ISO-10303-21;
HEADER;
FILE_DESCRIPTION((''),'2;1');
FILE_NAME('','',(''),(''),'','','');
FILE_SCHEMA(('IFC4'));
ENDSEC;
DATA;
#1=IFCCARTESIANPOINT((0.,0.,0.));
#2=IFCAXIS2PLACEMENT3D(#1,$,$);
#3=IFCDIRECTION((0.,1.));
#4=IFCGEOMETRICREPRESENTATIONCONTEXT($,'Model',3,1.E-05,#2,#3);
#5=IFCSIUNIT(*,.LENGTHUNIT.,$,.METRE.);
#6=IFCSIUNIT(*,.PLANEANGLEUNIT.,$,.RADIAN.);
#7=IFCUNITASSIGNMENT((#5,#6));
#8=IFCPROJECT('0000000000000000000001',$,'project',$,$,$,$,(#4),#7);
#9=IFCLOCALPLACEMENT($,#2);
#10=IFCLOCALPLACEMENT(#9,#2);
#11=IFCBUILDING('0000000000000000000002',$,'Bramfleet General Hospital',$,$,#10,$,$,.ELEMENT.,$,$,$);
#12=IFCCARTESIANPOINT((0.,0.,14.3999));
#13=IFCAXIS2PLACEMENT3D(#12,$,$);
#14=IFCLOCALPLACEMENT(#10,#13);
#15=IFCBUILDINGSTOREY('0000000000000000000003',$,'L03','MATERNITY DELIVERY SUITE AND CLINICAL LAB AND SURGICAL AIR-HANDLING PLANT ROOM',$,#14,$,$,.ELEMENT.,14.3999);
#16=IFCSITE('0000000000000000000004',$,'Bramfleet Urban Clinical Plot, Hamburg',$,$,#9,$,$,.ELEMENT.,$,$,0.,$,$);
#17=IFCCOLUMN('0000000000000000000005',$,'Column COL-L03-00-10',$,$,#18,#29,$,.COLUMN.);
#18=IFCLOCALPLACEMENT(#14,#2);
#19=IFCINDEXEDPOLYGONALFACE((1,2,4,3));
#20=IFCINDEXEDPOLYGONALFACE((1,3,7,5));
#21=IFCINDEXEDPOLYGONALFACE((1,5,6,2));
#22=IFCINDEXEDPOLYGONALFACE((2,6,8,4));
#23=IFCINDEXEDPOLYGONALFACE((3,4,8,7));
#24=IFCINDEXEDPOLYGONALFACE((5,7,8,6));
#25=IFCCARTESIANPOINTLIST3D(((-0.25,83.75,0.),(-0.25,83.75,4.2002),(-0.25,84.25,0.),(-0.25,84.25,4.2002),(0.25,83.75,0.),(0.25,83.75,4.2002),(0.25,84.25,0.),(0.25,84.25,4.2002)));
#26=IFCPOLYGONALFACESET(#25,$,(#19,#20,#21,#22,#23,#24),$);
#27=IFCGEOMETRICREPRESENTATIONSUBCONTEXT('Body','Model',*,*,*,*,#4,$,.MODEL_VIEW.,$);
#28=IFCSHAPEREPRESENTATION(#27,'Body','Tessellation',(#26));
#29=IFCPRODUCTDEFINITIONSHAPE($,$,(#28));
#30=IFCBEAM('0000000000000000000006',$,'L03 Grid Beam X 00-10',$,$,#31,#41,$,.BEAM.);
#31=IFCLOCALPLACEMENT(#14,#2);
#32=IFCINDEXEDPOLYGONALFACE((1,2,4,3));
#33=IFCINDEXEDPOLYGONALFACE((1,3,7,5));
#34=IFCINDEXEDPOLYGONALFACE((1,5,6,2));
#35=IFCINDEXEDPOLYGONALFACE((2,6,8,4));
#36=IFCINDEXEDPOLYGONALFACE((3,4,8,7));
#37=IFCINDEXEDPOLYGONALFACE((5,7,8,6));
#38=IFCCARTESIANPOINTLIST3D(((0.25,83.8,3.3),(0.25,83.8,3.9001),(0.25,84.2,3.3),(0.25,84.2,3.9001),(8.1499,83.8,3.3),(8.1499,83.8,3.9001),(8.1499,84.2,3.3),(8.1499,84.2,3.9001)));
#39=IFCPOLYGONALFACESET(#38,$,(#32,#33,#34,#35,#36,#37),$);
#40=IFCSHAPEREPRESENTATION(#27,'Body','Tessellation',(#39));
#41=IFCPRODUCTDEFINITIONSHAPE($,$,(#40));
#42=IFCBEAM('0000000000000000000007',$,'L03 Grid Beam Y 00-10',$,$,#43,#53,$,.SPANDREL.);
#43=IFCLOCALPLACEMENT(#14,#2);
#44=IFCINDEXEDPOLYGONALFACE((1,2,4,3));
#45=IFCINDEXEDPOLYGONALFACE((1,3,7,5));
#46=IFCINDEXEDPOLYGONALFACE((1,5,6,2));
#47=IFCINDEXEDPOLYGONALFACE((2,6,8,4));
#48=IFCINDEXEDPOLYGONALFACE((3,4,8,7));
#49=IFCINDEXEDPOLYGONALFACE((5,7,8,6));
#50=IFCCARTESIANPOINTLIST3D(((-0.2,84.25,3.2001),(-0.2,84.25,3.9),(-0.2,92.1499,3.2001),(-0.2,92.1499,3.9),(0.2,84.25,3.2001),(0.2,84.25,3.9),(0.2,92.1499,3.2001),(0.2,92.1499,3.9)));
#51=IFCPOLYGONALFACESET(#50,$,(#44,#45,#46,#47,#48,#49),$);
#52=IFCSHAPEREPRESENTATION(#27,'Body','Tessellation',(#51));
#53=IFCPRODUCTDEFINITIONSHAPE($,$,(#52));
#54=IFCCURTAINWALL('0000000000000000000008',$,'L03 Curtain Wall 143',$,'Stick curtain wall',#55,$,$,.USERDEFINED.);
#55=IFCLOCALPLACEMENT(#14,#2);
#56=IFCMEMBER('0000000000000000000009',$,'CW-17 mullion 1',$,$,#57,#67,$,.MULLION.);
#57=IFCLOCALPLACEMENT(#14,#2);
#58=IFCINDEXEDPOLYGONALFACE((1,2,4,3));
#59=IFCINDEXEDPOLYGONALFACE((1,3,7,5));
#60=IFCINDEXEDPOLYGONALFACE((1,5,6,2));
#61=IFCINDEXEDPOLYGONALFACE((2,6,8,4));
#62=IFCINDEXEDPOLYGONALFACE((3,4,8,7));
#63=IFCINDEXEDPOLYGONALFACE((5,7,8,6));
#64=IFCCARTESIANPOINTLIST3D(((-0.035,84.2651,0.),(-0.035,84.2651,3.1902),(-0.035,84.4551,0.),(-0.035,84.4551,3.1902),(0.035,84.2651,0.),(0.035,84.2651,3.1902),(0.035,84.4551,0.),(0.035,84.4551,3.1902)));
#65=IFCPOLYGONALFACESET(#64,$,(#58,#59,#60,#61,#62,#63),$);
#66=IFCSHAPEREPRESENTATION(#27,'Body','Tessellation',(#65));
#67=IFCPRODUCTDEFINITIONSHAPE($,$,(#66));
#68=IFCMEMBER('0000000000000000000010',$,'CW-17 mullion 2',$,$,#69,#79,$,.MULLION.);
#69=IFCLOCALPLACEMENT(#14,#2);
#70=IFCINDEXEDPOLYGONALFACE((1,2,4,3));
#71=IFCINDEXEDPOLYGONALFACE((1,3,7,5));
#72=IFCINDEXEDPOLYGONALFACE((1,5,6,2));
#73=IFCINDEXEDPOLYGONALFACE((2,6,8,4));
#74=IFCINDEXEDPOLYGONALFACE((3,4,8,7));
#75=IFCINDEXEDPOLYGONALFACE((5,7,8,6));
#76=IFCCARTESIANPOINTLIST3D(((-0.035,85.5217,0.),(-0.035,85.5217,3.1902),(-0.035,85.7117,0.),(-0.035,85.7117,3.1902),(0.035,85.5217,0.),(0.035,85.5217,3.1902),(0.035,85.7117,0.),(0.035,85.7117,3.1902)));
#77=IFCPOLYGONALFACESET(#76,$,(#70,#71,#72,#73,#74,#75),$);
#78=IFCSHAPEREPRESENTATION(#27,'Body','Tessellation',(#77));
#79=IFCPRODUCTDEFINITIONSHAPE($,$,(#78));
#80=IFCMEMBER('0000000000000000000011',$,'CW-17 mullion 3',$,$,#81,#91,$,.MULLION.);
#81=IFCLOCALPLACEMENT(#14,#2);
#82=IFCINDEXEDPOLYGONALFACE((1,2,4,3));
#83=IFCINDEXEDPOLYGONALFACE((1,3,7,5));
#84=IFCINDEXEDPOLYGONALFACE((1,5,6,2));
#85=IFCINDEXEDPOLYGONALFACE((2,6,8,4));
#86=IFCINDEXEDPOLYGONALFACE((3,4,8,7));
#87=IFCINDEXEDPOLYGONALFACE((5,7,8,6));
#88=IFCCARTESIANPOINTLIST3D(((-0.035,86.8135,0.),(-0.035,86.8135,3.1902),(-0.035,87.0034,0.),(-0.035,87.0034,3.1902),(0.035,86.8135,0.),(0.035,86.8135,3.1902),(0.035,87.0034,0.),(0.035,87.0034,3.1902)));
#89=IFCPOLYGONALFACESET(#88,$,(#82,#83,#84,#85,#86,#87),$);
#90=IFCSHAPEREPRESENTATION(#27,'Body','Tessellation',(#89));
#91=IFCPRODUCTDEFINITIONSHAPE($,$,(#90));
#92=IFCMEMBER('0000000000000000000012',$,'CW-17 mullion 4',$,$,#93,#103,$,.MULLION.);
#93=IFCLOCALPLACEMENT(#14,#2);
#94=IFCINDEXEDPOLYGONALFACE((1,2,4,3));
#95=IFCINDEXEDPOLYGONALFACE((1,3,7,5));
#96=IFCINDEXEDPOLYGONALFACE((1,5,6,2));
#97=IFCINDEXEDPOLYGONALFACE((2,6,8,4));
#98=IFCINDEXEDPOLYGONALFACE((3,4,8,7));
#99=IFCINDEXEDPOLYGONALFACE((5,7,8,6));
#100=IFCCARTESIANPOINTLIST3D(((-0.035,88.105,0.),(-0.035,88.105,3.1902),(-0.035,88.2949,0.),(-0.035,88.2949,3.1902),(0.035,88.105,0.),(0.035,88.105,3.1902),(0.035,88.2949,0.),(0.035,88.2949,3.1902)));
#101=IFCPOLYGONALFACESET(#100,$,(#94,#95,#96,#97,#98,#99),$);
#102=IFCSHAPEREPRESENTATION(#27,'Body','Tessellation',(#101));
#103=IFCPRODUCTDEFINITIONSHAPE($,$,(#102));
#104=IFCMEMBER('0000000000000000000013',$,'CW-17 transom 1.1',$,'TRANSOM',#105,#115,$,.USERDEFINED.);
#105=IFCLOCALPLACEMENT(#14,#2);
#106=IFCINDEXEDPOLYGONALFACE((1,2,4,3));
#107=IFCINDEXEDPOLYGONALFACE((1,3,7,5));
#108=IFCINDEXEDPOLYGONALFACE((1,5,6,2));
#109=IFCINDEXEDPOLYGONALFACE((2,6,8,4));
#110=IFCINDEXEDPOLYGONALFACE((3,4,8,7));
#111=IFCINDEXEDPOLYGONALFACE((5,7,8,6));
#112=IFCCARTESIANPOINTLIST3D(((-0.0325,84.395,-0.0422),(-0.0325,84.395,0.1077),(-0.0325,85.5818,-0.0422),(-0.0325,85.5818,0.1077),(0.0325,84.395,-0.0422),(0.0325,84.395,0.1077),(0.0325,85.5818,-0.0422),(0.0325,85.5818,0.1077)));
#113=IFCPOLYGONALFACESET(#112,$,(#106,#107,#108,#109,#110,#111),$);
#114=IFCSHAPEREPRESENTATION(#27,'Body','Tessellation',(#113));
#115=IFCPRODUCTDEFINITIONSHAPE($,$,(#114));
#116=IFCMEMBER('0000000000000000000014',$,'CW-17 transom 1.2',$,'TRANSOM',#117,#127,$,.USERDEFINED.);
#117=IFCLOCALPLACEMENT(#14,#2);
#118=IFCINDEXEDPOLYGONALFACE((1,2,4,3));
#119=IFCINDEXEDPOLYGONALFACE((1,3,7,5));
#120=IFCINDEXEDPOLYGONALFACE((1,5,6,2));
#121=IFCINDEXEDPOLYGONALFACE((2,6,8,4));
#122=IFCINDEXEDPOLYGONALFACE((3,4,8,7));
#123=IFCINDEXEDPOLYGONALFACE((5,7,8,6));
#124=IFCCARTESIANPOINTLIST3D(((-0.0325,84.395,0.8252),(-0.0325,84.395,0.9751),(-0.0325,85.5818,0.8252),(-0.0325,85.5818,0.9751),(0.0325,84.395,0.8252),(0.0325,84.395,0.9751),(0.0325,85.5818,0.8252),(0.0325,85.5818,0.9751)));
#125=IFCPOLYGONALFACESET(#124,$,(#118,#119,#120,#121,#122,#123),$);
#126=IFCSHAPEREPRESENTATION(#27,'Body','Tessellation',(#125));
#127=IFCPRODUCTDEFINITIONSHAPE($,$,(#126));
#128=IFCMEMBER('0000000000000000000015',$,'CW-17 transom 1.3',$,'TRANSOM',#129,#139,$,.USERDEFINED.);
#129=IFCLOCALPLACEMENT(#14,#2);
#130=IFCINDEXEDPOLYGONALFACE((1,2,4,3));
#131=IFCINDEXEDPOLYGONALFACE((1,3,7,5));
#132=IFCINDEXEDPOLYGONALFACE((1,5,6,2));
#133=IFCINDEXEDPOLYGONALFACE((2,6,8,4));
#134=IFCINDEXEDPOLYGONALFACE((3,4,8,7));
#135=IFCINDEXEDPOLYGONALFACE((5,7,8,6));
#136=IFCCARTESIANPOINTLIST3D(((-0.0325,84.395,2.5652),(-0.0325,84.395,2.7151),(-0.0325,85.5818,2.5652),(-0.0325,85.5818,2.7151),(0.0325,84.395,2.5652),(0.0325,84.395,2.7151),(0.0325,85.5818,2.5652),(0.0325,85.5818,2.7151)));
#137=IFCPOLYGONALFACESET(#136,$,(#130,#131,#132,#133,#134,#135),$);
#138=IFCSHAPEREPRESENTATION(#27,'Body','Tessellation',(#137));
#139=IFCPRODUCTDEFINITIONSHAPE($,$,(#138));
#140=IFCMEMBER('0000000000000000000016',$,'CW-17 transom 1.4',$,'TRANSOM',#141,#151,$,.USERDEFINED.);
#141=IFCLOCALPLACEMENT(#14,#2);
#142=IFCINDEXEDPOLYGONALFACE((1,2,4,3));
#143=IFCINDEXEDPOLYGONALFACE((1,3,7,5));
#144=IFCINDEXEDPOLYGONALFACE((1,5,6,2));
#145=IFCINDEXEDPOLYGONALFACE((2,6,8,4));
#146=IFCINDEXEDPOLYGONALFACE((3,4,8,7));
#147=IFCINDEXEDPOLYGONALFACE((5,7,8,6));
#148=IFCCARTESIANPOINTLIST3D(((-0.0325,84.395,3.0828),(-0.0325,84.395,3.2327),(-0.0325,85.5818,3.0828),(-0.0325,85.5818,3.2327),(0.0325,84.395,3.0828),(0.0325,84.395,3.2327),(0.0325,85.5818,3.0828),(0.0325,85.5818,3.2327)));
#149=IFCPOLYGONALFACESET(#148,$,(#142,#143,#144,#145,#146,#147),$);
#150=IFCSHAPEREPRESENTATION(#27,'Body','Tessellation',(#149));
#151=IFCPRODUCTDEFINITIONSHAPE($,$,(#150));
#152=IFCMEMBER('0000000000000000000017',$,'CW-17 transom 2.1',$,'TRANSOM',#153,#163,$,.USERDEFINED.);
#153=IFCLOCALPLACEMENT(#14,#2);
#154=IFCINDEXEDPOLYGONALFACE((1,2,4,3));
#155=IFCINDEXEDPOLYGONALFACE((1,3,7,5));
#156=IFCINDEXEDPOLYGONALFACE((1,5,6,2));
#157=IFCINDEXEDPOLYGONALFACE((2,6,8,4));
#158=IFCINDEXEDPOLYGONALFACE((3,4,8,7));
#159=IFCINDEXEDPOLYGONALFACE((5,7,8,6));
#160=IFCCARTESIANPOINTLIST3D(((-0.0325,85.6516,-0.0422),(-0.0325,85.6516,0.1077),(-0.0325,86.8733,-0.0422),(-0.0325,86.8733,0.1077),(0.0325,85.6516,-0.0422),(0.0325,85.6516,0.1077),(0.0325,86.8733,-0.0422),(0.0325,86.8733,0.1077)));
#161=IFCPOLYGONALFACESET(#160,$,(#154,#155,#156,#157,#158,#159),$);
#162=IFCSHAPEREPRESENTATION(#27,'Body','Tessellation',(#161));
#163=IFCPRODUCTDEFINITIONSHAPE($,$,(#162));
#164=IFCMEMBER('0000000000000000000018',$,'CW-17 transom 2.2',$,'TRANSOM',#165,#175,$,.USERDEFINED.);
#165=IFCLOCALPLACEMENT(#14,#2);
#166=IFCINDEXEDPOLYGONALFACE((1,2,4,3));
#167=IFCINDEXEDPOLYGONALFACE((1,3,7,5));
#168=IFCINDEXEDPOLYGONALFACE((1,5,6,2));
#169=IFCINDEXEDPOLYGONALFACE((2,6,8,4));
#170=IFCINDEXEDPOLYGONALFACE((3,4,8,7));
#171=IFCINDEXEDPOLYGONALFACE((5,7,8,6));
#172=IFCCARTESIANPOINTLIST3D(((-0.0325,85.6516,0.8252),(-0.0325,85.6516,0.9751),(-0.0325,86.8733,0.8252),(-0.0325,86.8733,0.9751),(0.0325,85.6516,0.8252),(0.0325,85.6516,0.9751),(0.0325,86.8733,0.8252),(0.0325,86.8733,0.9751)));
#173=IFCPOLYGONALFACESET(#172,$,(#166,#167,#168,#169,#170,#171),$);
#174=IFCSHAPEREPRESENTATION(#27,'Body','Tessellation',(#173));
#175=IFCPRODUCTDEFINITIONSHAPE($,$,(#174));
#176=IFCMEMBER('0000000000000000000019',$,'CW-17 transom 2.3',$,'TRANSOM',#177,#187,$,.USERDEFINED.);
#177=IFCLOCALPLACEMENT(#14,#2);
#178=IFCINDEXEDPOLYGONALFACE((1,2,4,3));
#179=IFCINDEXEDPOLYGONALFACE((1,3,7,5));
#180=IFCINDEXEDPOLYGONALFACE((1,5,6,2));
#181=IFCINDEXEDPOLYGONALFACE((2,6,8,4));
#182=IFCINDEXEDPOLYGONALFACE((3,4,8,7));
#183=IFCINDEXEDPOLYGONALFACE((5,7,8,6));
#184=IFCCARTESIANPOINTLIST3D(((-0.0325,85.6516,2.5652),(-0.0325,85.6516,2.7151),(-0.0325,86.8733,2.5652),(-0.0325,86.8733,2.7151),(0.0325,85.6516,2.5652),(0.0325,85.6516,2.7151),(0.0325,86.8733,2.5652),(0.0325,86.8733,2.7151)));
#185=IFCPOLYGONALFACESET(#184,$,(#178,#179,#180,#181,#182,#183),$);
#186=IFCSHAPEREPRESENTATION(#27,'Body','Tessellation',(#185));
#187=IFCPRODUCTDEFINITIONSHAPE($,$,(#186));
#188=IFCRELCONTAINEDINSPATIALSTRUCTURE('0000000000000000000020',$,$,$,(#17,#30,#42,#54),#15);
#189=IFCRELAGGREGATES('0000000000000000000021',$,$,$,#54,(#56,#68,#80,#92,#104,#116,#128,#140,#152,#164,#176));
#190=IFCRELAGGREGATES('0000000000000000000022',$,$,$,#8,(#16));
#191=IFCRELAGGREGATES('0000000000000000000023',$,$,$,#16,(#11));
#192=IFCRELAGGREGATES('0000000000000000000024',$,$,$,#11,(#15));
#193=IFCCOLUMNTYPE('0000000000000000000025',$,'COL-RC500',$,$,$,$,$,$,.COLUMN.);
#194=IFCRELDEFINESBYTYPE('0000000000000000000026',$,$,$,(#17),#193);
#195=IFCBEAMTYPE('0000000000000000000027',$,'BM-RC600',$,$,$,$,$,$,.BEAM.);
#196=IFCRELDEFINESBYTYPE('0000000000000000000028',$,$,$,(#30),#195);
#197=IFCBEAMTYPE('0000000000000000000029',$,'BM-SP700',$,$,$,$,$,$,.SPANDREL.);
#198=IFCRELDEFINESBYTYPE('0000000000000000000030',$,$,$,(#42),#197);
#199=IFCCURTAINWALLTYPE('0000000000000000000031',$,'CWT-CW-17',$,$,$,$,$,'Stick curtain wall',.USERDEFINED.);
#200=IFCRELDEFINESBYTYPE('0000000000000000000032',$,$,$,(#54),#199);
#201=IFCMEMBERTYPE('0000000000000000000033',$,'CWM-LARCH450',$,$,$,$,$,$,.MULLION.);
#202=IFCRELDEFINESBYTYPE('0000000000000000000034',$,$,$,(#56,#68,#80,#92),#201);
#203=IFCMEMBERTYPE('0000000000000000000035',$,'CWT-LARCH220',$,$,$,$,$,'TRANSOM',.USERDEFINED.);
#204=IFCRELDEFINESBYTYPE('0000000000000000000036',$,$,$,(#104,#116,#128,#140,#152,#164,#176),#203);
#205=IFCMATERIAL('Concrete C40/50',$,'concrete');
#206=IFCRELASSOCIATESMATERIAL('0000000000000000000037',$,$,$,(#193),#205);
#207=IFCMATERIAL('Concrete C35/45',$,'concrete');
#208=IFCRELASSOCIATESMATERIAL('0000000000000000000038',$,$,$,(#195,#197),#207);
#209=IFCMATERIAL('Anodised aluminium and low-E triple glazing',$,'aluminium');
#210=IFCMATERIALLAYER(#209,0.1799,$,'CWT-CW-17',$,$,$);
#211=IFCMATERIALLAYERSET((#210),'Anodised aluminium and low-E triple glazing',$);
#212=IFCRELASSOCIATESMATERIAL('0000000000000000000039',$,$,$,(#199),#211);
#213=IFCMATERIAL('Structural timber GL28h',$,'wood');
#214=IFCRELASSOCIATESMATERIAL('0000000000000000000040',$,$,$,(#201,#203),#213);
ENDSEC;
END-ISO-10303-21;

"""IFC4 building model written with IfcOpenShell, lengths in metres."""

from ifc_helpers import new_model, si_unit, direction, frame, origin, origin_2d, place, context, subcontext, project, spatial, rectangle, extrude, material, layer, layer_set, material_profile, profile_set, type_object, element, aggregate, save


model = new_model("IFC4")

# Units and contexts
model_context = context("Model", 3, precision=1e-05, world=origin(), true_north=direction((0.0, 1.0)))
body_context = subcontext(model_context, "Body", "Model", "MODEL_VIEW")
ifc_project = project(units=[si_unit("LENGTHUNIT", "METRE"), si_unit("PLANEANGLEUNIT", "RADIAN")], contexts=[model_context])

# Site, building, storey
site_placement = place(None, origin())
site = spatial("IfcSite", under=ifc_project, at=site_placement, Name="Bramfleet Urban Clinical Plot, Hamburg", CompositionType="ELEMENT", RefElevation=0.0)
building_placement = place(site_placement, origin())
building = spatial("IfcBuilding", under=site, at=building_placement, Name="Bramfleet General Hospital", CompositionType="ELEMENT")
storey_placement = place(building_placement, frame((0.0, 0.0, 14.3999)))
storey = spatial("IfcBuildingStorey", under=building, at=storey_placement, Name="L03", Description="MATERNITY DELIVERY SUITE AND CLINICAL LAB AND SURGICAL AIR-HANDLING PLANT ROOM", CompositionType="ELEMENT", Elevation=14.3999)

# Column
ifc_material_1 = material(Name="Concrete C40/50", Category="concrete")
ifc_material_profile_1 = material_profile(ifc_material_1, rectangle(XDim=0.5, YDim=0.5, at=origin_2d()), Name="RC COL 500x500")
ifc_profile_set_1 = profile_set([ifc_material_profile_1], Name="Concrete C40/50")
column_type = type_object("IfcColumnType", Name="COL-RC500", PredefinedType="COLUMN", material=ifc_profile_set_1)
column_placement = place(storey_placement, frame((0.0, 84.0, 0.0), z_axis=(0.0, 0.0, 1.0), x_axis=(1.0, 0.0, 0.0)))
element("IfcColumn", 1, at=column_placement, inside=storey, type_object=column_type, Name="Column COL-L03-00-10", PredefinedType="COLUMN", context=body_context, shape_type="SweptSolid", body=[
    extrude(rectangle(XDim=0.5, YDim=0.5, at=origin_2d()), origin(), (0.0, 0.0, 1.0), 4.2002),
])

# Beams
ifc_material_2 = material(Name="Concrete C35/45", Category="concrete")
ifc_material_profile_2 = material_profile(ifc_material_2, rectangle(XDim=0.3999, YDim=0.6001, at=origin_2d()), Name="RC BM 600x400")
ifc_profile_set_2 = profile_set([ifc_material_profile_2], Name="Concrete C35/45")
beam_type_1 = type_object("IfcBeamType", Name="BM-RC600", PredefinedType="BEAM", material=ifc_profile_set_2)
beam_1_placement = place(storey_placement, frame((0.25, 84.0, 3.6001), z_axis=(1.0, 0.0, 0.0), x_axis=(0.0, 1.0, 0.0)))
element("IfcBeam", 2, at=beam_1_placement, inside=storey, type_object=beam_type_1, Name="L03 Grid Beam X 00-10", PredefinedType="BEAM", context=body_context, shape_type="SweptSolid", body=[
    extrude(rectangle(XDim=0.3999, YDim=0.6001, at=origin_2d()), origin(), (0.0, 0.0, 1.0), 7.8999),
])
ifc_material_profile_3 = material_profile(ifc_material_2, rectangle(XDim=0.3999, YDim=0.7, at=origin_2d()), Name="RC SP 700x400")
ifc_profile_set_3 = profile_set([ifc_material_profile_3], Name="Concrete C35/45")
beam_type_2 = type_object("IfcBeamType", Name="BM-SP700", PredefinedType="SPANDREL", material=ifc_profile_set_3)
beam_2_placement = place(storey_placement, frame((0.0, 84.25, 3.55), z_axis=(0.0, 1.0, 0.0), x_axis=(-1.0, 0.0, 0.0)))
element("IfcBeam", 3, at=beam_2_placement, inside=storey, type_object=beam_type_2, Name="L03 Grid Beam Y 00-10", PredefinedType="SPANDREL", context=body_context, shape_type="SweptSolid", body=[
    extrude(rectangle(XDim=0.3999, YDim=0.7, at=origin_2d()), origin(), (0.0, 0.0, 1.0), 7.8999),
])

# Curtain wall, members
ifc_material_3 = material(Name="Anodised aluminium and low-E triple glazing", Category="aluminium")
ifc_layer_1 = layer(ifc_material_3, 0.1799, Name="CWT-CW-17")
ifc_layer_set_1 = layer_set([ifc_layer_1], Name="Anodised aluminium and low-E triple glazing")
curtain_wall_type = type_object("IfcCurtainWallType", Name="CWT-CW-17", ElementType="Stick curtain wall", PredefinedType="USERDEFINED", material=ifc_layer_set_1)
curtain_wall_placement = place(storey_placement, origin())
curtain_wall = element("IfcCurtainWall", 4, at=curtain_wall_placement, inside=storey, type_object=curtain_wall_type, Name="L03 Curtain Wall 143", ObjectType="Stick curtain wall", PredefinedType="USERDEFINED")
ifc_material_4 = material(Name="Structural timber GL28h", Category="wood")
ifc_material_profile_4 = material_profile(ifc_material_4, rectangle(XDim=0.0701, YDim=0.1899, at=origin_2d()), Name="LARCH 190x70")
ifc_profile_set_4 = profile_set([ifc_material_profile_4], Name="Structural timber GL28h")
member_type_1 = type_object("IfcMemberType", Name="CWM-LARCH450", PredefinedType="MULLION", material=ifc_profile_set_4)
member_1_placement = place(storey_placement, frame((0.0, 84.3601, 0.0), z_axis=(0.0, 0.0, 1.0), x_axis=(-1.0, 0.0, 0.0)))
member_1 = element("IfcMember", 5, at=member_1_placement, type_object=member_type_1, Name="CW-17 mullion 1", PredefinedType="MULLION", context=body_context, shape_type="SweptSolid", body=[
    extrude(rectangle(XDim=0.0701, YDim=0.1899, at=origin_2d()), origin(), (0.0, 0.0, 1.0), 3.1902),
])
member_2_placement = place(storey_placement, frame((0.0, 85.6167, 0.0), z_axis=(0.0, 0.0, 1.0), x_axis=(-1.0, 0.0, 0.0)))
member_2 = element("IfcMember", 6, at=member_2_placement, type_object=member_type_1, Name="CW-17 mullion 2", PredefinedType="MULLION", context=body_context, shape_type="SweptSolid", body=[
    extrude(rectangle(XDim=0.0701, YDim=0.1899, at=origin_2d()), origin(), (0.0, 0.0, 1.0), 3.1902),
])
member_3_placement = place(storey_placement, frame((0.0, 86.9084, 0.0), z_axis=(0.0, 0.0, 1.0), x_axis=(-1.0, 0.0, 0.0)))
member_3 = element("IfcMember", 7, at=member_3_placement, type_object=member_type_1, Name="CW-17 mullion 3", PredefinedType="MULLION", context=body_context, shape_type="SweptSolid", body=[
    extrude(rectangle(XDim=0.0701, YDim=0.1899, at=origin_2d()), origin(), (0.0, 0.0, 1.0), 3.1902),
])
member_4_placement = place(storey_placement, frame((0.0, 88.2, 0.0), z_axis=(0.0, 0.0, 1.0), x_axis=(-1.0, 0.0, 0.0)))
member_4 = element("IfcMember", 8, at=member_4_placement, type_object=member_type_1, Name="CW-17 mullion 4", PredefinedType="MULLION", context=body_context, shape_type="SweptSolid", body=[
    extrude(rectangle(XDim=0.0701, YDim=0.1899, at=origin_2d()), origin(), (0.0, 0.0, 1.0), 3.1902),
])
ifc_material_profile_5 = material_profile(ifc_material_4, rectangle(XDim=0.0649, YDim=0.1499, at=origin_2d()), Name="LARCH 150x65")
ifc_profile_set_5 = profile_set([ifc_material_profile_5], Name="Structural timber GL28h")
member_type_2 = type_object("IfcMemberType", Name="CWT-LARCH220", ElementType="TRANSOM", PredefinedType="USERDEFINED", material=ifc_profile_set_5)
member_5_placement = place(storey_placement, frame((0.0, 84.395, 0.0327), z_axis=(0.0, 1.0, 0.0), x_axis=(-1.0, 0.0, 0.0)))
member_5 = element("IfcMember", 9, at=member_5_placement, type_object=member_type_2, Name="CW-17 transom 1.1", ObjectType="TRANSOM", PredefinedType="USERDEFINED", context=body_context, shape_type="SweptSolid", body=[
    extrude(rectangle(XDim=0.0649, YDim=0.1499, at=origin_2d()), origin(), (0.0, 0.0, 1.0), 1.1868),
])
member_6_placement = place(storey_placement, frame((0.0, 84.395, 0.9001), z_axis=(0.0, 1.0, 0.0), x_axis=(-1.0, 0.0, 0.0)))
member_6 = element("IfcMember", 10, at=member_6_placement, type_object=member_type_2, Name="CW-17 transom 1.2", ObjectType="TRANSOM", PredefinedType="USERDEFINED", context=body_context, shape_type="SweptSolid", body=[
    extrude(rectangle(XDim=0.0649, YDim=0.1499, at=origin_2d()), origin(), (0.0, 0.0, 1.0), 1.1868),
])
member_7_placement = place(storey_placement, frame((0.0, 84.395, 2.6401), z_axis=(0.0, 1.0, 0.0), x_axis=(-1.0, 0.0, 0.0)))
member_7 = element("IfcMember", 11, at=member_7_placement, type_object=member_type_2, Name="CW-17 transom 1.3", ObjectType="TRANSOM", PredefinedType="USERDEFINED", context=body_context, shape_type="SweptSolid", body=[
    extrude(rectangle(XDim=0.0649, YDim=0.1499, at=origin_2d()), origin(), (0.0, 0.0, 1.0), 1.1868),
])
member_8_placement = place(storey_placement, frame((0.0, 84.395, 3.1577), z_axis=(0.0, 1.0, 0.0), x_axis=(-1.0, 0.0, 0.0)))
member_8 = element("IfcMember", 12, at=member_8_placement, type_object=member_type_2, Name="CW-17 transom 1.4", ObjectType="TRANSOM", PredefinedType="USERDEFINED", context=body_context, shape_type="SweptSolid", body=[
    extrude(rectangle(XDim=0.0649, YDim=0.1499, at=origin_2d()), origin(), (0.0, 0.0, 1.0), 1.1868),
])
member_9_placement = place(storey_placement, frame((0.0, 85.6516, 0.0327), z_axis=(0.0, 1.0, 0.0), x_axis=(-1.0, 0.0, 0.0)))
member_9 = element("IfcMember", 13, at=member_9_placement, type_object=member_type_2, Name="CW-17 transom 2.1", ObjectType="TRANSOM", PredefinedType="USERDEFINED", context=body_context, shape_type="SweptSolid", body=[
    extrude(rectangle(XDim=0.0649, YDim=0.1499, at=origin_2d()), origin(), (0.0, 0.0, 1.0), 1.2217),
])
member_10_placement = place(storey_placement, frame((0.0, 85.6516, 0.9001), z_axis=(0.0, 1.0, 0.0), x_axis=(-1.0, 0.0, 0.0)))
member_10 = element("IfcMember", 14, at=member_10_placement, type_object=member_type_2, Name="CW-17 transom 2.2", ObjectType="TRANSOM", PredefinedType="USERDEFINED", context=body_context, shape_type="SweptSolid", body=[
    extrude(rectangle(XDim=0.0649, YDim=0.1499, at=origin_2d()), origin(), (0.0, 0.0, 1.0), 1.2217),
])
member_11_placement = place(storey_placement, frame((0.0, 85.6516, 2.6401), z_axis=(0.0, 1.0, 0.0), x_axis=(-1.0, 0.0, 0.0)))
member_11 = element("IfcMember", 15, at=member_11_placement, type_object=member_type_2, Name="CW-17 transom 2.3", ObjectType="TRANSOM", PredefinedType="USERDEFINED", context=body_context, shape_type="SweptSolid", body=[
    extrude(rectangle(XDim=0.0649, YDim=0.1499, at=origin_2d()), origin(), (0.0, 0.0, 1.0), 1.2217),
])
aggregate(curtain_wall, [member_1, member_2, member_3, member_4, member_5, member_6, member_7, member_8, member_9, member_10, member_11])

save(model, "model.ifc")
